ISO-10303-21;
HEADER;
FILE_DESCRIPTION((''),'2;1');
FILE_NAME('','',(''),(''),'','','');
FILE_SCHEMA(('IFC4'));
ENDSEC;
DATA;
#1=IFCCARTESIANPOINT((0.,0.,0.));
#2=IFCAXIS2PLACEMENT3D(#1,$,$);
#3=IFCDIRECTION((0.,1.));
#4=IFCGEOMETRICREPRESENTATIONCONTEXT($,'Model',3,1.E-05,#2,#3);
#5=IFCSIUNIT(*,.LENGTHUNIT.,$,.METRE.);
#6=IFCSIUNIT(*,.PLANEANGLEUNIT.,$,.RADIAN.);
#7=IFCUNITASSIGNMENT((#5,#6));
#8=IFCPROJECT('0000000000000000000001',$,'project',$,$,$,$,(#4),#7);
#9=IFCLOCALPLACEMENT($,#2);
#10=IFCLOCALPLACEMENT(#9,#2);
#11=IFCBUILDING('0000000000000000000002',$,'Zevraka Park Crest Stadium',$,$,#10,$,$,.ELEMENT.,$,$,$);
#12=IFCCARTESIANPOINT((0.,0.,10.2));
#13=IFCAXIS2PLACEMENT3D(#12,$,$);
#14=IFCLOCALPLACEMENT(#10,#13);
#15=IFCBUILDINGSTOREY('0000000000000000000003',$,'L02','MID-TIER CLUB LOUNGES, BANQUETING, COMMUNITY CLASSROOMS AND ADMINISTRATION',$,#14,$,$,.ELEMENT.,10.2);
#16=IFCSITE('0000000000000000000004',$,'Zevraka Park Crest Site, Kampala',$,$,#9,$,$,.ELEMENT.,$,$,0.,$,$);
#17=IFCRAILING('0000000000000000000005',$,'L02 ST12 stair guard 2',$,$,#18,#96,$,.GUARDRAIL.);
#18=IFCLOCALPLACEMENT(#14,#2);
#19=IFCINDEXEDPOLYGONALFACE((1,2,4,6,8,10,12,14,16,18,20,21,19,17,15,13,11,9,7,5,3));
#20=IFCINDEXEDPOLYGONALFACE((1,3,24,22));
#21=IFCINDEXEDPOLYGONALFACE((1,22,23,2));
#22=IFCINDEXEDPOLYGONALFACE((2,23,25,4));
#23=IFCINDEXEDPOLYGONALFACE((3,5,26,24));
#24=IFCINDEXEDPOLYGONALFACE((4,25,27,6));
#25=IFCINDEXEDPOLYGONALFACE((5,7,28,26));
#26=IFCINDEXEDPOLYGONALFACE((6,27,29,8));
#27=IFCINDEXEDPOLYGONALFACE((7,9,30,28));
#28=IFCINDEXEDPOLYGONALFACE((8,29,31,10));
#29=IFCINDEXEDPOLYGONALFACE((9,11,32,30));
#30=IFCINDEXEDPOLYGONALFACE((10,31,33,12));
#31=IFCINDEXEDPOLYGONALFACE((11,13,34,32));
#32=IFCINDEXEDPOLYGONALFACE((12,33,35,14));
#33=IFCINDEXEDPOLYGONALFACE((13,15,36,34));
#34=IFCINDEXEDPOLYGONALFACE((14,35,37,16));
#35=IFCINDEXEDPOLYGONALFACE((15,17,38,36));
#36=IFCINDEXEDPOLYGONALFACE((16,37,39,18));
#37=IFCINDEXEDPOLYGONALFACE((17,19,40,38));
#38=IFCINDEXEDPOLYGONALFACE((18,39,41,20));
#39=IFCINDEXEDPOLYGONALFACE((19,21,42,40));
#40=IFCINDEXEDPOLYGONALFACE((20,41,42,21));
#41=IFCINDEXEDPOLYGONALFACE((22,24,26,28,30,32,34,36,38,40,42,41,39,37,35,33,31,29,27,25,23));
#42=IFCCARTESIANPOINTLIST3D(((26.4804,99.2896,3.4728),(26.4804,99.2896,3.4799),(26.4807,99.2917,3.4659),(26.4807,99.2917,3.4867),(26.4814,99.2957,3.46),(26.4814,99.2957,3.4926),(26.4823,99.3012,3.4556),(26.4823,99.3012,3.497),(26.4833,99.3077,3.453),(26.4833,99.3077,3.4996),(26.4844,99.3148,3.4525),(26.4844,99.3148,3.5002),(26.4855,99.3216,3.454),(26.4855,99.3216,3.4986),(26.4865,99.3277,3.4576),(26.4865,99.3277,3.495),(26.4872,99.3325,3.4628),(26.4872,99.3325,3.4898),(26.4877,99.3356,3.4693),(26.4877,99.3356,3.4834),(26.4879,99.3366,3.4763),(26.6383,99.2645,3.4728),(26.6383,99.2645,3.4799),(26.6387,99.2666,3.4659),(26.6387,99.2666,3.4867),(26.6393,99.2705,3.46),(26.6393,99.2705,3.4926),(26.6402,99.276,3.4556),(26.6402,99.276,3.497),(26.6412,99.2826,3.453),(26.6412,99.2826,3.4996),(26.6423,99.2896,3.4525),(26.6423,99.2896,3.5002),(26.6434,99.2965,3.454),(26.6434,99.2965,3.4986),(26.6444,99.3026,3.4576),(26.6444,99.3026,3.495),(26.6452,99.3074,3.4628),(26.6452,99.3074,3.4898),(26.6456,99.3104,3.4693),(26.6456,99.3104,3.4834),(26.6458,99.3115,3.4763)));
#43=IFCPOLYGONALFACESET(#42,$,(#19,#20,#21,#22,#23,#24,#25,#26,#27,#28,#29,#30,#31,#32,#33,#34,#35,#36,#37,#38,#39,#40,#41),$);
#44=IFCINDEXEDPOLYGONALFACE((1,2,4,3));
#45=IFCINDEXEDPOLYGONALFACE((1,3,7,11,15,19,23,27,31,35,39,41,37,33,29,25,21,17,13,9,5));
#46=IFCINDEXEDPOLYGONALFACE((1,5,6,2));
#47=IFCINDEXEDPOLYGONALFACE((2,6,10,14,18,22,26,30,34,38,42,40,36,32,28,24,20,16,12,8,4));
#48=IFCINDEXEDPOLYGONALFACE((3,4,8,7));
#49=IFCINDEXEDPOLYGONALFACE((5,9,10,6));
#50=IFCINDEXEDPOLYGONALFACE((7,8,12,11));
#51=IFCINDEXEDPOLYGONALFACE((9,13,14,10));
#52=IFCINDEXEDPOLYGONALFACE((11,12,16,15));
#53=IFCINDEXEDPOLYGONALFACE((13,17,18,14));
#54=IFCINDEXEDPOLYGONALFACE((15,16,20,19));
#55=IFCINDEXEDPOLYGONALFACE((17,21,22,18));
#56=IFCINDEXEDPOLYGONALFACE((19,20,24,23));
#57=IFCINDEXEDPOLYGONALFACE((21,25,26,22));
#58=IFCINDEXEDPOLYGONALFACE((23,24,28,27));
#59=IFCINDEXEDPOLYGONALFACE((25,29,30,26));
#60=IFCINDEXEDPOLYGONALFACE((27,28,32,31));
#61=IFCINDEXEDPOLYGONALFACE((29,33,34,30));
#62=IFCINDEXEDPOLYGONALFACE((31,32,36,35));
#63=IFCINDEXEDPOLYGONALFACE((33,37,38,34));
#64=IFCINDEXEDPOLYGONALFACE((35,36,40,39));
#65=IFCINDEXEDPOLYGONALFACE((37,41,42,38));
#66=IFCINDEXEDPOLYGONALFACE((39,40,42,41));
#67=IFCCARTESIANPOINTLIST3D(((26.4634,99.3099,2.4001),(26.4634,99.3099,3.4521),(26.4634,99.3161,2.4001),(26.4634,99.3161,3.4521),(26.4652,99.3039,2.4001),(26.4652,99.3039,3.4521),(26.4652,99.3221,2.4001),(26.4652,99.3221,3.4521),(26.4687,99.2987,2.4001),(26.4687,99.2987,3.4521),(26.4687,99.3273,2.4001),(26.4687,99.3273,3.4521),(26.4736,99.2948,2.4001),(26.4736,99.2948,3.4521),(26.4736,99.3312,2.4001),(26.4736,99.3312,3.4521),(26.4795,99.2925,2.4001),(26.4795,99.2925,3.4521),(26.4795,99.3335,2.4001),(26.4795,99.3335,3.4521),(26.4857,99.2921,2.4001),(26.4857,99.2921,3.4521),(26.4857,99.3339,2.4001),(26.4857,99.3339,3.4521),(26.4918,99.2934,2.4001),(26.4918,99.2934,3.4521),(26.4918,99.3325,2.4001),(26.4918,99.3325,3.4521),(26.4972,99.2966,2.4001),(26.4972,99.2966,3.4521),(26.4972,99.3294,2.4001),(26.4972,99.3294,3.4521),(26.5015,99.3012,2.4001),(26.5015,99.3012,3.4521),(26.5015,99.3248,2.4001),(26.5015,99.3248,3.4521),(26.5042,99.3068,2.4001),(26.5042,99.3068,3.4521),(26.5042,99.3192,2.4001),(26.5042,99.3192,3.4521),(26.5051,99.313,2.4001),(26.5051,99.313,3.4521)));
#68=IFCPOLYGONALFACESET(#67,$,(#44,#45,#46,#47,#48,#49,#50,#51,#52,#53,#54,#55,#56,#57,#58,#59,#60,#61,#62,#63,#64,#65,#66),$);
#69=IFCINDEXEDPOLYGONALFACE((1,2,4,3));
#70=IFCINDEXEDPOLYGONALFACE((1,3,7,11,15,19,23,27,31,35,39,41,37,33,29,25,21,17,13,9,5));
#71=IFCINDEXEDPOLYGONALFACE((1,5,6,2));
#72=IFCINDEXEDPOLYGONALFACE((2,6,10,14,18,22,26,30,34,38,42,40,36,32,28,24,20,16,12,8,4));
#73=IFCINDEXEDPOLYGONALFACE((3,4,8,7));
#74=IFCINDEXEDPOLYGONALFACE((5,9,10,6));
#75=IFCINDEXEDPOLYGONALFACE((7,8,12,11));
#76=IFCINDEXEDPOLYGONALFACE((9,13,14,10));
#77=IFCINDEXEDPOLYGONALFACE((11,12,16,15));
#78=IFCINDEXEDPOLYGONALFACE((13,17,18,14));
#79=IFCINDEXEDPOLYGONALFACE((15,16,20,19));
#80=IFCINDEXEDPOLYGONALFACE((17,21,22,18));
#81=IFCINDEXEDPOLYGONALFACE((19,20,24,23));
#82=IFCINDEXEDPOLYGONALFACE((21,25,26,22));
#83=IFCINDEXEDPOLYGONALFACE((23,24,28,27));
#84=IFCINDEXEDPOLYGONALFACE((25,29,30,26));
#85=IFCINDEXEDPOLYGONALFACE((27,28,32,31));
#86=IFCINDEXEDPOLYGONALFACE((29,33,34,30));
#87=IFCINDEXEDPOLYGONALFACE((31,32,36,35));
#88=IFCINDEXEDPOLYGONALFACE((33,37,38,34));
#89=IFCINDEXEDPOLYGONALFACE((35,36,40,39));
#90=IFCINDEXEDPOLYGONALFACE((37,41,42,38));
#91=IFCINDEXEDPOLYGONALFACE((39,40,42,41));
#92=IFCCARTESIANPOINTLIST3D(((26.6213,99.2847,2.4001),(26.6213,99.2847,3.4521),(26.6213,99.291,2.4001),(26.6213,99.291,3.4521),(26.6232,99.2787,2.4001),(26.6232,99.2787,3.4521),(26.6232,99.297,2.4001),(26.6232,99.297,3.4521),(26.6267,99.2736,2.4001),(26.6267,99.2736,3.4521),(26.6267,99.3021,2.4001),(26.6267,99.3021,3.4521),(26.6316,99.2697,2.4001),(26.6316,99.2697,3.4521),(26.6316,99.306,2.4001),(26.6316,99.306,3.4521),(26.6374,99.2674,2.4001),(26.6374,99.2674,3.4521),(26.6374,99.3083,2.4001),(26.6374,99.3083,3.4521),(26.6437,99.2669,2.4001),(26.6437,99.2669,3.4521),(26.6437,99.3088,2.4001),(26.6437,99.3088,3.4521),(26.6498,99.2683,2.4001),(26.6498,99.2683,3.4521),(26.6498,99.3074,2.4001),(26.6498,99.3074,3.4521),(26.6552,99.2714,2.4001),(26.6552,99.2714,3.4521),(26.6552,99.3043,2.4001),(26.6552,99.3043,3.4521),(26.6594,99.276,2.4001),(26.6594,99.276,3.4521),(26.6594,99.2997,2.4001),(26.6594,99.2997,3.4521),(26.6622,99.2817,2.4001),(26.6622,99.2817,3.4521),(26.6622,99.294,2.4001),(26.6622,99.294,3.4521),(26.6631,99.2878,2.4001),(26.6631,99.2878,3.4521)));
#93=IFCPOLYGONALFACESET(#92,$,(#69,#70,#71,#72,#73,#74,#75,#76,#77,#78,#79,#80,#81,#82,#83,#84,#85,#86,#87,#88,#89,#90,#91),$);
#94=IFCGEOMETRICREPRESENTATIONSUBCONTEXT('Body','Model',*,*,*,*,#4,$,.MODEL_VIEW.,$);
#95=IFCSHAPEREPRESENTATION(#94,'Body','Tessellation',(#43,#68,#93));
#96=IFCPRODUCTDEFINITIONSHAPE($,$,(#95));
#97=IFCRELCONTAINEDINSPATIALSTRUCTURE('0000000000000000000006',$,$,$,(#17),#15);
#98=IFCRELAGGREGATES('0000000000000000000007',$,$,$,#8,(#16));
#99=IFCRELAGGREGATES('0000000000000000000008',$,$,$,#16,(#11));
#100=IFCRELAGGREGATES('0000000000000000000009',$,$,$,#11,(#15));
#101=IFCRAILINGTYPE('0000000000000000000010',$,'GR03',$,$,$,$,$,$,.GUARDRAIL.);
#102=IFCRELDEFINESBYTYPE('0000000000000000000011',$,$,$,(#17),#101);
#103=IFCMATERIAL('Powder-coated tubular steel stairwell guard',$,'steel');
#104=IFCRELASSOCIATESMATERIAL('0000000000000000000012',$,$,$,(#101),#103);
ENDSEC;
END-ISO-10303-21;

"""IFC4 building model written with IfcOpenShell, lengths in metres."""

from ifc_helpers import new_model, si_unit, direction, frame, origin, origin_2d, place, context, subcontext, project, spatial, circle, extrude, material, type_object, element, save


model = new_model("IFC4")

# Units and contexts
model_context = context("Model", 3, precision=1e-05, world=origin(), true_north=direction((0.0, 1.0)))
body_context = subcontext(model_context, "Body", "Model", "MODEL_VIEW")
ifc_project = project(units=[si_unit("LENGTHUNIT", "METRE"), si_unit("PLANEANGLEUNIT", "RADIAN")], contexts=[model_context])

# Site, building, storey
site_placement = place(None, origin())
site = spatial("IfcSite", under=ifc_project, at=site_placement, Name="Zevraka Park Crest Site, Kampala", CompositionType="ELEMENT", RefElevation=0.0)
building_placement = place(site_placement, origin())
building = spatial("IfcBuilding", under=site, at=building_placement, Name="Zevraka Park Crest Stadium", CompositionType="ELEMENT")
storey_placement = place(building_placement, frame((0.0, 0.0, 10.2)))
storey = spatial("IfcBuildingStorey", under=building, at=storey_placement, Name="L02", Description="MID-TIER CLUB LOUNGES, BANQUETING, COMMUNITY CLASSROOMS AND ADMINISTRATION", CompositionType="ELEMENT", Elevation=10.2)

# Railing
ifc_material_1 = material(Name="Powder-coated tubular steel stairwell guard", Category="steel")
railing_type_1 = type_object("IfcRailingType", Name="GR03", PredefinedType="GUARDRAIL", material=ifc_material_1)
railing_1_placement = place(storey_placement, frame((26.4841, 99.313, 2.4001)))
element("IfcRailing", 1, at=railing_1_placement, inside=storey, type_object=railing_type_1, Name="L02 ST12 stair guard 2", PredefinedType="GUARDRAIL", context=body_context, shape_type="SweptSolid", body=[
    extrude(circle(Radius=0.0239, at=origin_2d()), frame((0.0, 0.0, 1.0762), z_axis=(0.987564, -0.157217, 0.0), x_axis=(0.157217, 0.987564, 0.0)), (0.0, 0.0, 1.0), 0.1599),
    extrude(circle(Radius=0.021, at=origin_2d()), origin(), (0.0, 0.0, 1.0), 1.052),
    extrude(circle(Radius=0.021, at=origin_2d()), frame((0.158, -0.0251, 0.0)), (0.0, 0.0, 1.0), 1.052),
])

save(model, "model.ifc")
